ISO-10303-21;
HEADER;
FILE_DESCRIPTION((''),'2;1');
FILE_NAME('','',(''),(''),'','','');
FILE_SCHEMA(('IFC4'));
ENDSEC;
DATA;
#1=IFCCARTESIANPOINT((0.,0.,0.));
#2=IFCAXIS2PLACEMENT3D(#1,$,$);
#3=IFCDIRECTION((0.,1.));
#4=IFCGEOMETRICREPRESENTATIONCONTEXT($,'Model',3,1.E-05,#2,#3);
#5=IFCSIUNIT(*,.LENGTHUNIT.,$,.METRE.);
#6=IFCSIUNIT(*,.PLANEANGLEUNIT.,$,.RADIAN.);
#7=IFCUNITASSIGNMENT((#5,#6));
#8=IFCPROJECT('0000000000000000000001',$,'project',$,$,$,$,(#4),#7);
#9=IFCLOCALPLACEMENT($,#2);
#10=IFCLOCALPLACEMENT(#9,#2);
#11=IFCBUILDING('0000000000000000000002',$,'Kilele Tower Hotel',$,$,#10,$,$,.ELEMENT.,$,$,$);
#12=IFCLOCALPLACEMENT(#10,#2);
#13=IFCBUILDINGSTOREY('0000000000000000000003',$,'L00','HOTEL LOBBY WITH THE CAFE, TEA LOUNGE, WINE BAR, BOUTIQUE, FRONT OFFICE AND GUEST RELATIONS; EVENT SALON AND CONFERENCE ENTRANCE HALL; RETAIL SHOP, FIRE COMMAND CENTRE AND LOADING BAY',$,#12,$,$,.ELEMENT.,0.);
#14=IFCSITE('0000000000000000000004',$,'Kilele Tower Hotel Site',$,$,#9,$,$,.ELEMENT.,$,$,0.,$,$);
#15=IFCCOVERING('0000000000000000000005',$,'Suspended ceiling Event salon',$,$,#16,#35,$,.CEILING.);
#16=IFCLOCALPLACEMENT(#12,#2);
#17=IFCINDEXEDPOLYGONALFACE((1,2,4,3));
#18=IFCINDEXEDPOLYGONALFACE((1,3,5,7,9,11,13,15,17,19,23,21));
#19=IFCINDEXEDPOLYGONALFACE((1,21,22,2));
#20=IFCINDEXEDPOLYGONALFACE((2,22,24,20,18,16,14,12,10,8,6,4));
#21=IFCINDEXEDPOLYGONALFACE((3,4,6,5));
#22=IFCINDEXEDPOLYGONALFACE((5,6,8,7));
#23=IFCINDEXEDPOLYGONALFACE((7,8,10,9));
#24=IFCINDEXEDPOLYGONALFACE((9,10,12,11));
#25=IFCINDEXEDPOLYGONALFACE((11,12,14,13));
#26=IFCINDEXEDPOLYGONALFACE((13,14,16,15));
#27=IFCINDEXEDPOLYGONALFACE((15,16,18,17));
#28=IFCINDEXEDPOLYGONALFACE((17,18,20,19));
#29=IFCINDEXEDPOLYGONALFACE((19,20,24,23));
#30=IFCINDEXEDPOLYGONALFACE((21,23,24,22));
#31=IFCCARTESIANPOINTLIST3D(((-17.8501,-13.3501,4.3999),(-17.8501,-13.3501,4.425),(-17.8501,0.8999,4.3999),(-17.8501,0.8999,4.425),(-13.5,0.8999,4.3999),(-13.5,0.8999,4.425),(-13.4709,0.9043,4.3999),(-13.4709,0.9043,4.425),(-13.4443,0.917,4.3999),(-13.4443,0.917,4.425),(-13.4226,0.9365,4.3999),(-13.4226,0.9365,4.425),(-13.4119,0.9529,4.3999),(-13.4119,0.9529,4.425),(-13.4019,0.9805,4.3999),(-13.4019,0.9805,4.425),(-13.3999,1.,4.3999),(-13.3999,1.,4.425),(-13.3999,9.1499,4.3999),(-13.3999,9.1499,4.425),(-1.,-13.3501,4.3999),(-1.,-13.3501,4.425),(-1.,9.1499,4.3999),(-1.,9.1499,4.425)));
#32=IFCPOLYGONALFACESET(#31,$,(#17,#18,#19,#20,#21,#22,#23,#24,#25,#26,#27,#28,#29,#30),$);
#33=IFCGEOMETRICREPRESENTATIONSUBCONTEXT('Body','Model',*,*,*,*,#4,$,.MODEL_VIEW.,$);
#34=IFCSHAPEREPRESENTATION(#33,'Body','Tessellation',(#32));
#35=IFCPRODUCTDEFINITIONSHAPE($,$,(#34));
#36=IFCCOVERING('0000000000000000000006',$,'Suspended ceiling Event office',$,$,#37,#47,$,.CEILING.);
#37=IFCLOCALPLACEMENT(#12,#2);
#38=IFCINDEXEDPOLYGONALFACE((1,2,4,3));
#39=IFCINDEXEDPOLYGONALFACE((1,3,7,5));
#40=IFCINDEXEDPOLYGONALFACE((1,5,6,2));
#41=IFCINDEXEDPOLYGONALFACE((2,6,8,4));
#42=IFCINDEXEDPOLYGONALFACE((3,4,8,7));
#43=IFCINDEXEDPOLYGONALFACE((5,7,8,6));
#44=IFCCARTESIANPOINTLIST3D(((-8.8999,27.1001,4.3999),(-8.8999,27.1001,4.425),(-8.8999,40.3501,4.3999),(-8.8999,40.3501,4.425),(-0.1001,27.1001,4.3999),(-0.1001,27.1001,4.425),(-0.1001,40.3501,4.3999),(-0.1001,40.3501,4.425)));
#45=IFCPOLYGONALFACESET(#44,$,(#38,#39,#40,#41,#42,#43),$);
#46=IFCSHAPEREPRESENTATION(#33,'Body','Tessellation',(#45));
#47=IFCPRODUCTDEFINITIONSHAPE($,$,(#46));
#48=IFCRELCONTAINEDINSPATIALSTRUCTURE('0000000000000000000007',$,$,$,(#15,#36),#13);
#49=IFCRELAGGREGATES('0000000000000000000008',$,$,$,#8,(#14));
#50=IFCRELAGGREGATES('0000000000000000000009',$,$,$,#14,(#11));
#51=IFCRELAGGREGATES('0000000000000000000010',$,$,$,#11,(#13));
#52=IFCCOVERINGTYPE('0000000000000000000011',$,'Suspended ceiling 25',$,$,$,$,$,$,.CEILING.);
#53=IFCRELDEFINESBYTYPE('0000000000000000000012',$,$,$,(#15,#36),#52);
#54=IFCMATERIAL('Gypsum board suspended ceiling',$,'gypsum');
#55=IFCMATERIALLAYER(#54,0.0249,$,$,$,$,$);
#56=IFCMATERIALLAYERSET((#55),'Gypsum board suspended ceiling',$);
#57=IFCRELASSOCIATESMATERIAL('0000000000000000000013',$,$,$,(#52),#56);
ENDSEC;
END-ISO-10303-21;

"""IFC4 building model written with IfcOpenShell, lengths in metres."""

from ifc_helpers import new_model, si_unit, direction, frame, origin, place, context, subcontext, project, spatial, polyline, outline, extrude, material, layer, layer_set, type_object, element, save


model = new_model("IFC4")

# Units and contexts
model_context = context("Model", 3, precision=1e-05, world=origin(), true_north=direction((0.0, 1.0)))
body_context = subcontext(model_context, "Body", "Model", "MODEL_VIEW")
ifc_project = project(units=[si_unit("LENGTHUNIT", "METRE"), si_unit("PLANEANGLEUNIT", "RADIAN")], contexts=[model_context])

# Site, building, storey
site_placement = place(None, origin())
site = spatial("IfcSite", under=ifc_project, at=site_placement, Name="Kilele Tower Hotel Site", CompositionType="ELEMENT", RefElevation=0.0)
building_placement = place(site_placement, origin())
building = spatial("IfcBuilding", under=site, at=building_placement, Name="Kilele Tower Hotel", CompositionType="ELEMENT")
storey_placement = place(building_placement, origin())
storey = spatial("IfcBuildingStorey", under=building, at=storey_placement, Name="L00", Description="HOTEL LOBBY WITH THE CAFE, TEA LOUNGE, WINE BAR, BOUTIQUE, FRONT OFFICE AND GUEST RELATIONS; EVENT SALON AND CONFERENCE ENTRANCE HALL; RETAIL SHOP, FIRE COMMAND CENTRE AND LOADING BAY", CompositionType="ELEMENT", Elevation=0.0)

# Coverings
ifc_material_1 = material(Name="Gypsum board suspended ceiling", Category="gypsum")
ifc_layer_1 = layer(ifc_material_1, 0.0249)
ifc_layer_set_1 = layer_set([ifc_layer_1], Name="Gypsum board suspended ceiling")
covering_type = type_object("IfcCoveringType", Name="Suspended ceiling 25", PredefinedType="CEILING", material=ifc_layer_set_1)
covering_1_placement = place(storey_placement, frame((0.0, 0.0, 4.3999)))
element("IfcCovering", 1, at=covering_1_placement, inside=storey, type_object=covering_type, Name="Suspended ceiling Event salon", PredefinedType="CEILING", context=body_context, shape_type="SweptSolid", body=[
    extrude(outline(polyline([(-1.0, 9.1499), (-1.0, -13.3501), (-17.8501, -13.3501), (-17.8501, 0.8999), (-13.5, 0.8999), (-13.4709, 0.9043), (-13.4443, 0.917), (-13.4226, 0.9365), (-13.4119, 0.9529), (-13.4019, 0.9805), (-13.3999, 1.0), (-13.3999, 9.1499), (-1.0, 9.1499)])), origin(), (0.0, 0.0, 1.0), 0.0251),
])
covering_2_placement = place(storey_placement, frame((0.0, 0.0, 4.3999)))
element("IfcCovering", 2, at=covering_2_placement, inside=storey, type_object=covering_type, Name="Suspended ceiling Event office", PredefinedType="CEILING", context=body_context, shape_type="SweptSolid", body=[
    extrude(outline(polyline([(-0.1001, 27.1001), (-8.8999, 27.1001), (-8.8999, 40.3501), (-0.1001, 40.3501), (-0.1001, 27.1001)])), origin(), (0.0, 0.0, 1.0), 0.0251),
])

save(model, "model.ifc")
